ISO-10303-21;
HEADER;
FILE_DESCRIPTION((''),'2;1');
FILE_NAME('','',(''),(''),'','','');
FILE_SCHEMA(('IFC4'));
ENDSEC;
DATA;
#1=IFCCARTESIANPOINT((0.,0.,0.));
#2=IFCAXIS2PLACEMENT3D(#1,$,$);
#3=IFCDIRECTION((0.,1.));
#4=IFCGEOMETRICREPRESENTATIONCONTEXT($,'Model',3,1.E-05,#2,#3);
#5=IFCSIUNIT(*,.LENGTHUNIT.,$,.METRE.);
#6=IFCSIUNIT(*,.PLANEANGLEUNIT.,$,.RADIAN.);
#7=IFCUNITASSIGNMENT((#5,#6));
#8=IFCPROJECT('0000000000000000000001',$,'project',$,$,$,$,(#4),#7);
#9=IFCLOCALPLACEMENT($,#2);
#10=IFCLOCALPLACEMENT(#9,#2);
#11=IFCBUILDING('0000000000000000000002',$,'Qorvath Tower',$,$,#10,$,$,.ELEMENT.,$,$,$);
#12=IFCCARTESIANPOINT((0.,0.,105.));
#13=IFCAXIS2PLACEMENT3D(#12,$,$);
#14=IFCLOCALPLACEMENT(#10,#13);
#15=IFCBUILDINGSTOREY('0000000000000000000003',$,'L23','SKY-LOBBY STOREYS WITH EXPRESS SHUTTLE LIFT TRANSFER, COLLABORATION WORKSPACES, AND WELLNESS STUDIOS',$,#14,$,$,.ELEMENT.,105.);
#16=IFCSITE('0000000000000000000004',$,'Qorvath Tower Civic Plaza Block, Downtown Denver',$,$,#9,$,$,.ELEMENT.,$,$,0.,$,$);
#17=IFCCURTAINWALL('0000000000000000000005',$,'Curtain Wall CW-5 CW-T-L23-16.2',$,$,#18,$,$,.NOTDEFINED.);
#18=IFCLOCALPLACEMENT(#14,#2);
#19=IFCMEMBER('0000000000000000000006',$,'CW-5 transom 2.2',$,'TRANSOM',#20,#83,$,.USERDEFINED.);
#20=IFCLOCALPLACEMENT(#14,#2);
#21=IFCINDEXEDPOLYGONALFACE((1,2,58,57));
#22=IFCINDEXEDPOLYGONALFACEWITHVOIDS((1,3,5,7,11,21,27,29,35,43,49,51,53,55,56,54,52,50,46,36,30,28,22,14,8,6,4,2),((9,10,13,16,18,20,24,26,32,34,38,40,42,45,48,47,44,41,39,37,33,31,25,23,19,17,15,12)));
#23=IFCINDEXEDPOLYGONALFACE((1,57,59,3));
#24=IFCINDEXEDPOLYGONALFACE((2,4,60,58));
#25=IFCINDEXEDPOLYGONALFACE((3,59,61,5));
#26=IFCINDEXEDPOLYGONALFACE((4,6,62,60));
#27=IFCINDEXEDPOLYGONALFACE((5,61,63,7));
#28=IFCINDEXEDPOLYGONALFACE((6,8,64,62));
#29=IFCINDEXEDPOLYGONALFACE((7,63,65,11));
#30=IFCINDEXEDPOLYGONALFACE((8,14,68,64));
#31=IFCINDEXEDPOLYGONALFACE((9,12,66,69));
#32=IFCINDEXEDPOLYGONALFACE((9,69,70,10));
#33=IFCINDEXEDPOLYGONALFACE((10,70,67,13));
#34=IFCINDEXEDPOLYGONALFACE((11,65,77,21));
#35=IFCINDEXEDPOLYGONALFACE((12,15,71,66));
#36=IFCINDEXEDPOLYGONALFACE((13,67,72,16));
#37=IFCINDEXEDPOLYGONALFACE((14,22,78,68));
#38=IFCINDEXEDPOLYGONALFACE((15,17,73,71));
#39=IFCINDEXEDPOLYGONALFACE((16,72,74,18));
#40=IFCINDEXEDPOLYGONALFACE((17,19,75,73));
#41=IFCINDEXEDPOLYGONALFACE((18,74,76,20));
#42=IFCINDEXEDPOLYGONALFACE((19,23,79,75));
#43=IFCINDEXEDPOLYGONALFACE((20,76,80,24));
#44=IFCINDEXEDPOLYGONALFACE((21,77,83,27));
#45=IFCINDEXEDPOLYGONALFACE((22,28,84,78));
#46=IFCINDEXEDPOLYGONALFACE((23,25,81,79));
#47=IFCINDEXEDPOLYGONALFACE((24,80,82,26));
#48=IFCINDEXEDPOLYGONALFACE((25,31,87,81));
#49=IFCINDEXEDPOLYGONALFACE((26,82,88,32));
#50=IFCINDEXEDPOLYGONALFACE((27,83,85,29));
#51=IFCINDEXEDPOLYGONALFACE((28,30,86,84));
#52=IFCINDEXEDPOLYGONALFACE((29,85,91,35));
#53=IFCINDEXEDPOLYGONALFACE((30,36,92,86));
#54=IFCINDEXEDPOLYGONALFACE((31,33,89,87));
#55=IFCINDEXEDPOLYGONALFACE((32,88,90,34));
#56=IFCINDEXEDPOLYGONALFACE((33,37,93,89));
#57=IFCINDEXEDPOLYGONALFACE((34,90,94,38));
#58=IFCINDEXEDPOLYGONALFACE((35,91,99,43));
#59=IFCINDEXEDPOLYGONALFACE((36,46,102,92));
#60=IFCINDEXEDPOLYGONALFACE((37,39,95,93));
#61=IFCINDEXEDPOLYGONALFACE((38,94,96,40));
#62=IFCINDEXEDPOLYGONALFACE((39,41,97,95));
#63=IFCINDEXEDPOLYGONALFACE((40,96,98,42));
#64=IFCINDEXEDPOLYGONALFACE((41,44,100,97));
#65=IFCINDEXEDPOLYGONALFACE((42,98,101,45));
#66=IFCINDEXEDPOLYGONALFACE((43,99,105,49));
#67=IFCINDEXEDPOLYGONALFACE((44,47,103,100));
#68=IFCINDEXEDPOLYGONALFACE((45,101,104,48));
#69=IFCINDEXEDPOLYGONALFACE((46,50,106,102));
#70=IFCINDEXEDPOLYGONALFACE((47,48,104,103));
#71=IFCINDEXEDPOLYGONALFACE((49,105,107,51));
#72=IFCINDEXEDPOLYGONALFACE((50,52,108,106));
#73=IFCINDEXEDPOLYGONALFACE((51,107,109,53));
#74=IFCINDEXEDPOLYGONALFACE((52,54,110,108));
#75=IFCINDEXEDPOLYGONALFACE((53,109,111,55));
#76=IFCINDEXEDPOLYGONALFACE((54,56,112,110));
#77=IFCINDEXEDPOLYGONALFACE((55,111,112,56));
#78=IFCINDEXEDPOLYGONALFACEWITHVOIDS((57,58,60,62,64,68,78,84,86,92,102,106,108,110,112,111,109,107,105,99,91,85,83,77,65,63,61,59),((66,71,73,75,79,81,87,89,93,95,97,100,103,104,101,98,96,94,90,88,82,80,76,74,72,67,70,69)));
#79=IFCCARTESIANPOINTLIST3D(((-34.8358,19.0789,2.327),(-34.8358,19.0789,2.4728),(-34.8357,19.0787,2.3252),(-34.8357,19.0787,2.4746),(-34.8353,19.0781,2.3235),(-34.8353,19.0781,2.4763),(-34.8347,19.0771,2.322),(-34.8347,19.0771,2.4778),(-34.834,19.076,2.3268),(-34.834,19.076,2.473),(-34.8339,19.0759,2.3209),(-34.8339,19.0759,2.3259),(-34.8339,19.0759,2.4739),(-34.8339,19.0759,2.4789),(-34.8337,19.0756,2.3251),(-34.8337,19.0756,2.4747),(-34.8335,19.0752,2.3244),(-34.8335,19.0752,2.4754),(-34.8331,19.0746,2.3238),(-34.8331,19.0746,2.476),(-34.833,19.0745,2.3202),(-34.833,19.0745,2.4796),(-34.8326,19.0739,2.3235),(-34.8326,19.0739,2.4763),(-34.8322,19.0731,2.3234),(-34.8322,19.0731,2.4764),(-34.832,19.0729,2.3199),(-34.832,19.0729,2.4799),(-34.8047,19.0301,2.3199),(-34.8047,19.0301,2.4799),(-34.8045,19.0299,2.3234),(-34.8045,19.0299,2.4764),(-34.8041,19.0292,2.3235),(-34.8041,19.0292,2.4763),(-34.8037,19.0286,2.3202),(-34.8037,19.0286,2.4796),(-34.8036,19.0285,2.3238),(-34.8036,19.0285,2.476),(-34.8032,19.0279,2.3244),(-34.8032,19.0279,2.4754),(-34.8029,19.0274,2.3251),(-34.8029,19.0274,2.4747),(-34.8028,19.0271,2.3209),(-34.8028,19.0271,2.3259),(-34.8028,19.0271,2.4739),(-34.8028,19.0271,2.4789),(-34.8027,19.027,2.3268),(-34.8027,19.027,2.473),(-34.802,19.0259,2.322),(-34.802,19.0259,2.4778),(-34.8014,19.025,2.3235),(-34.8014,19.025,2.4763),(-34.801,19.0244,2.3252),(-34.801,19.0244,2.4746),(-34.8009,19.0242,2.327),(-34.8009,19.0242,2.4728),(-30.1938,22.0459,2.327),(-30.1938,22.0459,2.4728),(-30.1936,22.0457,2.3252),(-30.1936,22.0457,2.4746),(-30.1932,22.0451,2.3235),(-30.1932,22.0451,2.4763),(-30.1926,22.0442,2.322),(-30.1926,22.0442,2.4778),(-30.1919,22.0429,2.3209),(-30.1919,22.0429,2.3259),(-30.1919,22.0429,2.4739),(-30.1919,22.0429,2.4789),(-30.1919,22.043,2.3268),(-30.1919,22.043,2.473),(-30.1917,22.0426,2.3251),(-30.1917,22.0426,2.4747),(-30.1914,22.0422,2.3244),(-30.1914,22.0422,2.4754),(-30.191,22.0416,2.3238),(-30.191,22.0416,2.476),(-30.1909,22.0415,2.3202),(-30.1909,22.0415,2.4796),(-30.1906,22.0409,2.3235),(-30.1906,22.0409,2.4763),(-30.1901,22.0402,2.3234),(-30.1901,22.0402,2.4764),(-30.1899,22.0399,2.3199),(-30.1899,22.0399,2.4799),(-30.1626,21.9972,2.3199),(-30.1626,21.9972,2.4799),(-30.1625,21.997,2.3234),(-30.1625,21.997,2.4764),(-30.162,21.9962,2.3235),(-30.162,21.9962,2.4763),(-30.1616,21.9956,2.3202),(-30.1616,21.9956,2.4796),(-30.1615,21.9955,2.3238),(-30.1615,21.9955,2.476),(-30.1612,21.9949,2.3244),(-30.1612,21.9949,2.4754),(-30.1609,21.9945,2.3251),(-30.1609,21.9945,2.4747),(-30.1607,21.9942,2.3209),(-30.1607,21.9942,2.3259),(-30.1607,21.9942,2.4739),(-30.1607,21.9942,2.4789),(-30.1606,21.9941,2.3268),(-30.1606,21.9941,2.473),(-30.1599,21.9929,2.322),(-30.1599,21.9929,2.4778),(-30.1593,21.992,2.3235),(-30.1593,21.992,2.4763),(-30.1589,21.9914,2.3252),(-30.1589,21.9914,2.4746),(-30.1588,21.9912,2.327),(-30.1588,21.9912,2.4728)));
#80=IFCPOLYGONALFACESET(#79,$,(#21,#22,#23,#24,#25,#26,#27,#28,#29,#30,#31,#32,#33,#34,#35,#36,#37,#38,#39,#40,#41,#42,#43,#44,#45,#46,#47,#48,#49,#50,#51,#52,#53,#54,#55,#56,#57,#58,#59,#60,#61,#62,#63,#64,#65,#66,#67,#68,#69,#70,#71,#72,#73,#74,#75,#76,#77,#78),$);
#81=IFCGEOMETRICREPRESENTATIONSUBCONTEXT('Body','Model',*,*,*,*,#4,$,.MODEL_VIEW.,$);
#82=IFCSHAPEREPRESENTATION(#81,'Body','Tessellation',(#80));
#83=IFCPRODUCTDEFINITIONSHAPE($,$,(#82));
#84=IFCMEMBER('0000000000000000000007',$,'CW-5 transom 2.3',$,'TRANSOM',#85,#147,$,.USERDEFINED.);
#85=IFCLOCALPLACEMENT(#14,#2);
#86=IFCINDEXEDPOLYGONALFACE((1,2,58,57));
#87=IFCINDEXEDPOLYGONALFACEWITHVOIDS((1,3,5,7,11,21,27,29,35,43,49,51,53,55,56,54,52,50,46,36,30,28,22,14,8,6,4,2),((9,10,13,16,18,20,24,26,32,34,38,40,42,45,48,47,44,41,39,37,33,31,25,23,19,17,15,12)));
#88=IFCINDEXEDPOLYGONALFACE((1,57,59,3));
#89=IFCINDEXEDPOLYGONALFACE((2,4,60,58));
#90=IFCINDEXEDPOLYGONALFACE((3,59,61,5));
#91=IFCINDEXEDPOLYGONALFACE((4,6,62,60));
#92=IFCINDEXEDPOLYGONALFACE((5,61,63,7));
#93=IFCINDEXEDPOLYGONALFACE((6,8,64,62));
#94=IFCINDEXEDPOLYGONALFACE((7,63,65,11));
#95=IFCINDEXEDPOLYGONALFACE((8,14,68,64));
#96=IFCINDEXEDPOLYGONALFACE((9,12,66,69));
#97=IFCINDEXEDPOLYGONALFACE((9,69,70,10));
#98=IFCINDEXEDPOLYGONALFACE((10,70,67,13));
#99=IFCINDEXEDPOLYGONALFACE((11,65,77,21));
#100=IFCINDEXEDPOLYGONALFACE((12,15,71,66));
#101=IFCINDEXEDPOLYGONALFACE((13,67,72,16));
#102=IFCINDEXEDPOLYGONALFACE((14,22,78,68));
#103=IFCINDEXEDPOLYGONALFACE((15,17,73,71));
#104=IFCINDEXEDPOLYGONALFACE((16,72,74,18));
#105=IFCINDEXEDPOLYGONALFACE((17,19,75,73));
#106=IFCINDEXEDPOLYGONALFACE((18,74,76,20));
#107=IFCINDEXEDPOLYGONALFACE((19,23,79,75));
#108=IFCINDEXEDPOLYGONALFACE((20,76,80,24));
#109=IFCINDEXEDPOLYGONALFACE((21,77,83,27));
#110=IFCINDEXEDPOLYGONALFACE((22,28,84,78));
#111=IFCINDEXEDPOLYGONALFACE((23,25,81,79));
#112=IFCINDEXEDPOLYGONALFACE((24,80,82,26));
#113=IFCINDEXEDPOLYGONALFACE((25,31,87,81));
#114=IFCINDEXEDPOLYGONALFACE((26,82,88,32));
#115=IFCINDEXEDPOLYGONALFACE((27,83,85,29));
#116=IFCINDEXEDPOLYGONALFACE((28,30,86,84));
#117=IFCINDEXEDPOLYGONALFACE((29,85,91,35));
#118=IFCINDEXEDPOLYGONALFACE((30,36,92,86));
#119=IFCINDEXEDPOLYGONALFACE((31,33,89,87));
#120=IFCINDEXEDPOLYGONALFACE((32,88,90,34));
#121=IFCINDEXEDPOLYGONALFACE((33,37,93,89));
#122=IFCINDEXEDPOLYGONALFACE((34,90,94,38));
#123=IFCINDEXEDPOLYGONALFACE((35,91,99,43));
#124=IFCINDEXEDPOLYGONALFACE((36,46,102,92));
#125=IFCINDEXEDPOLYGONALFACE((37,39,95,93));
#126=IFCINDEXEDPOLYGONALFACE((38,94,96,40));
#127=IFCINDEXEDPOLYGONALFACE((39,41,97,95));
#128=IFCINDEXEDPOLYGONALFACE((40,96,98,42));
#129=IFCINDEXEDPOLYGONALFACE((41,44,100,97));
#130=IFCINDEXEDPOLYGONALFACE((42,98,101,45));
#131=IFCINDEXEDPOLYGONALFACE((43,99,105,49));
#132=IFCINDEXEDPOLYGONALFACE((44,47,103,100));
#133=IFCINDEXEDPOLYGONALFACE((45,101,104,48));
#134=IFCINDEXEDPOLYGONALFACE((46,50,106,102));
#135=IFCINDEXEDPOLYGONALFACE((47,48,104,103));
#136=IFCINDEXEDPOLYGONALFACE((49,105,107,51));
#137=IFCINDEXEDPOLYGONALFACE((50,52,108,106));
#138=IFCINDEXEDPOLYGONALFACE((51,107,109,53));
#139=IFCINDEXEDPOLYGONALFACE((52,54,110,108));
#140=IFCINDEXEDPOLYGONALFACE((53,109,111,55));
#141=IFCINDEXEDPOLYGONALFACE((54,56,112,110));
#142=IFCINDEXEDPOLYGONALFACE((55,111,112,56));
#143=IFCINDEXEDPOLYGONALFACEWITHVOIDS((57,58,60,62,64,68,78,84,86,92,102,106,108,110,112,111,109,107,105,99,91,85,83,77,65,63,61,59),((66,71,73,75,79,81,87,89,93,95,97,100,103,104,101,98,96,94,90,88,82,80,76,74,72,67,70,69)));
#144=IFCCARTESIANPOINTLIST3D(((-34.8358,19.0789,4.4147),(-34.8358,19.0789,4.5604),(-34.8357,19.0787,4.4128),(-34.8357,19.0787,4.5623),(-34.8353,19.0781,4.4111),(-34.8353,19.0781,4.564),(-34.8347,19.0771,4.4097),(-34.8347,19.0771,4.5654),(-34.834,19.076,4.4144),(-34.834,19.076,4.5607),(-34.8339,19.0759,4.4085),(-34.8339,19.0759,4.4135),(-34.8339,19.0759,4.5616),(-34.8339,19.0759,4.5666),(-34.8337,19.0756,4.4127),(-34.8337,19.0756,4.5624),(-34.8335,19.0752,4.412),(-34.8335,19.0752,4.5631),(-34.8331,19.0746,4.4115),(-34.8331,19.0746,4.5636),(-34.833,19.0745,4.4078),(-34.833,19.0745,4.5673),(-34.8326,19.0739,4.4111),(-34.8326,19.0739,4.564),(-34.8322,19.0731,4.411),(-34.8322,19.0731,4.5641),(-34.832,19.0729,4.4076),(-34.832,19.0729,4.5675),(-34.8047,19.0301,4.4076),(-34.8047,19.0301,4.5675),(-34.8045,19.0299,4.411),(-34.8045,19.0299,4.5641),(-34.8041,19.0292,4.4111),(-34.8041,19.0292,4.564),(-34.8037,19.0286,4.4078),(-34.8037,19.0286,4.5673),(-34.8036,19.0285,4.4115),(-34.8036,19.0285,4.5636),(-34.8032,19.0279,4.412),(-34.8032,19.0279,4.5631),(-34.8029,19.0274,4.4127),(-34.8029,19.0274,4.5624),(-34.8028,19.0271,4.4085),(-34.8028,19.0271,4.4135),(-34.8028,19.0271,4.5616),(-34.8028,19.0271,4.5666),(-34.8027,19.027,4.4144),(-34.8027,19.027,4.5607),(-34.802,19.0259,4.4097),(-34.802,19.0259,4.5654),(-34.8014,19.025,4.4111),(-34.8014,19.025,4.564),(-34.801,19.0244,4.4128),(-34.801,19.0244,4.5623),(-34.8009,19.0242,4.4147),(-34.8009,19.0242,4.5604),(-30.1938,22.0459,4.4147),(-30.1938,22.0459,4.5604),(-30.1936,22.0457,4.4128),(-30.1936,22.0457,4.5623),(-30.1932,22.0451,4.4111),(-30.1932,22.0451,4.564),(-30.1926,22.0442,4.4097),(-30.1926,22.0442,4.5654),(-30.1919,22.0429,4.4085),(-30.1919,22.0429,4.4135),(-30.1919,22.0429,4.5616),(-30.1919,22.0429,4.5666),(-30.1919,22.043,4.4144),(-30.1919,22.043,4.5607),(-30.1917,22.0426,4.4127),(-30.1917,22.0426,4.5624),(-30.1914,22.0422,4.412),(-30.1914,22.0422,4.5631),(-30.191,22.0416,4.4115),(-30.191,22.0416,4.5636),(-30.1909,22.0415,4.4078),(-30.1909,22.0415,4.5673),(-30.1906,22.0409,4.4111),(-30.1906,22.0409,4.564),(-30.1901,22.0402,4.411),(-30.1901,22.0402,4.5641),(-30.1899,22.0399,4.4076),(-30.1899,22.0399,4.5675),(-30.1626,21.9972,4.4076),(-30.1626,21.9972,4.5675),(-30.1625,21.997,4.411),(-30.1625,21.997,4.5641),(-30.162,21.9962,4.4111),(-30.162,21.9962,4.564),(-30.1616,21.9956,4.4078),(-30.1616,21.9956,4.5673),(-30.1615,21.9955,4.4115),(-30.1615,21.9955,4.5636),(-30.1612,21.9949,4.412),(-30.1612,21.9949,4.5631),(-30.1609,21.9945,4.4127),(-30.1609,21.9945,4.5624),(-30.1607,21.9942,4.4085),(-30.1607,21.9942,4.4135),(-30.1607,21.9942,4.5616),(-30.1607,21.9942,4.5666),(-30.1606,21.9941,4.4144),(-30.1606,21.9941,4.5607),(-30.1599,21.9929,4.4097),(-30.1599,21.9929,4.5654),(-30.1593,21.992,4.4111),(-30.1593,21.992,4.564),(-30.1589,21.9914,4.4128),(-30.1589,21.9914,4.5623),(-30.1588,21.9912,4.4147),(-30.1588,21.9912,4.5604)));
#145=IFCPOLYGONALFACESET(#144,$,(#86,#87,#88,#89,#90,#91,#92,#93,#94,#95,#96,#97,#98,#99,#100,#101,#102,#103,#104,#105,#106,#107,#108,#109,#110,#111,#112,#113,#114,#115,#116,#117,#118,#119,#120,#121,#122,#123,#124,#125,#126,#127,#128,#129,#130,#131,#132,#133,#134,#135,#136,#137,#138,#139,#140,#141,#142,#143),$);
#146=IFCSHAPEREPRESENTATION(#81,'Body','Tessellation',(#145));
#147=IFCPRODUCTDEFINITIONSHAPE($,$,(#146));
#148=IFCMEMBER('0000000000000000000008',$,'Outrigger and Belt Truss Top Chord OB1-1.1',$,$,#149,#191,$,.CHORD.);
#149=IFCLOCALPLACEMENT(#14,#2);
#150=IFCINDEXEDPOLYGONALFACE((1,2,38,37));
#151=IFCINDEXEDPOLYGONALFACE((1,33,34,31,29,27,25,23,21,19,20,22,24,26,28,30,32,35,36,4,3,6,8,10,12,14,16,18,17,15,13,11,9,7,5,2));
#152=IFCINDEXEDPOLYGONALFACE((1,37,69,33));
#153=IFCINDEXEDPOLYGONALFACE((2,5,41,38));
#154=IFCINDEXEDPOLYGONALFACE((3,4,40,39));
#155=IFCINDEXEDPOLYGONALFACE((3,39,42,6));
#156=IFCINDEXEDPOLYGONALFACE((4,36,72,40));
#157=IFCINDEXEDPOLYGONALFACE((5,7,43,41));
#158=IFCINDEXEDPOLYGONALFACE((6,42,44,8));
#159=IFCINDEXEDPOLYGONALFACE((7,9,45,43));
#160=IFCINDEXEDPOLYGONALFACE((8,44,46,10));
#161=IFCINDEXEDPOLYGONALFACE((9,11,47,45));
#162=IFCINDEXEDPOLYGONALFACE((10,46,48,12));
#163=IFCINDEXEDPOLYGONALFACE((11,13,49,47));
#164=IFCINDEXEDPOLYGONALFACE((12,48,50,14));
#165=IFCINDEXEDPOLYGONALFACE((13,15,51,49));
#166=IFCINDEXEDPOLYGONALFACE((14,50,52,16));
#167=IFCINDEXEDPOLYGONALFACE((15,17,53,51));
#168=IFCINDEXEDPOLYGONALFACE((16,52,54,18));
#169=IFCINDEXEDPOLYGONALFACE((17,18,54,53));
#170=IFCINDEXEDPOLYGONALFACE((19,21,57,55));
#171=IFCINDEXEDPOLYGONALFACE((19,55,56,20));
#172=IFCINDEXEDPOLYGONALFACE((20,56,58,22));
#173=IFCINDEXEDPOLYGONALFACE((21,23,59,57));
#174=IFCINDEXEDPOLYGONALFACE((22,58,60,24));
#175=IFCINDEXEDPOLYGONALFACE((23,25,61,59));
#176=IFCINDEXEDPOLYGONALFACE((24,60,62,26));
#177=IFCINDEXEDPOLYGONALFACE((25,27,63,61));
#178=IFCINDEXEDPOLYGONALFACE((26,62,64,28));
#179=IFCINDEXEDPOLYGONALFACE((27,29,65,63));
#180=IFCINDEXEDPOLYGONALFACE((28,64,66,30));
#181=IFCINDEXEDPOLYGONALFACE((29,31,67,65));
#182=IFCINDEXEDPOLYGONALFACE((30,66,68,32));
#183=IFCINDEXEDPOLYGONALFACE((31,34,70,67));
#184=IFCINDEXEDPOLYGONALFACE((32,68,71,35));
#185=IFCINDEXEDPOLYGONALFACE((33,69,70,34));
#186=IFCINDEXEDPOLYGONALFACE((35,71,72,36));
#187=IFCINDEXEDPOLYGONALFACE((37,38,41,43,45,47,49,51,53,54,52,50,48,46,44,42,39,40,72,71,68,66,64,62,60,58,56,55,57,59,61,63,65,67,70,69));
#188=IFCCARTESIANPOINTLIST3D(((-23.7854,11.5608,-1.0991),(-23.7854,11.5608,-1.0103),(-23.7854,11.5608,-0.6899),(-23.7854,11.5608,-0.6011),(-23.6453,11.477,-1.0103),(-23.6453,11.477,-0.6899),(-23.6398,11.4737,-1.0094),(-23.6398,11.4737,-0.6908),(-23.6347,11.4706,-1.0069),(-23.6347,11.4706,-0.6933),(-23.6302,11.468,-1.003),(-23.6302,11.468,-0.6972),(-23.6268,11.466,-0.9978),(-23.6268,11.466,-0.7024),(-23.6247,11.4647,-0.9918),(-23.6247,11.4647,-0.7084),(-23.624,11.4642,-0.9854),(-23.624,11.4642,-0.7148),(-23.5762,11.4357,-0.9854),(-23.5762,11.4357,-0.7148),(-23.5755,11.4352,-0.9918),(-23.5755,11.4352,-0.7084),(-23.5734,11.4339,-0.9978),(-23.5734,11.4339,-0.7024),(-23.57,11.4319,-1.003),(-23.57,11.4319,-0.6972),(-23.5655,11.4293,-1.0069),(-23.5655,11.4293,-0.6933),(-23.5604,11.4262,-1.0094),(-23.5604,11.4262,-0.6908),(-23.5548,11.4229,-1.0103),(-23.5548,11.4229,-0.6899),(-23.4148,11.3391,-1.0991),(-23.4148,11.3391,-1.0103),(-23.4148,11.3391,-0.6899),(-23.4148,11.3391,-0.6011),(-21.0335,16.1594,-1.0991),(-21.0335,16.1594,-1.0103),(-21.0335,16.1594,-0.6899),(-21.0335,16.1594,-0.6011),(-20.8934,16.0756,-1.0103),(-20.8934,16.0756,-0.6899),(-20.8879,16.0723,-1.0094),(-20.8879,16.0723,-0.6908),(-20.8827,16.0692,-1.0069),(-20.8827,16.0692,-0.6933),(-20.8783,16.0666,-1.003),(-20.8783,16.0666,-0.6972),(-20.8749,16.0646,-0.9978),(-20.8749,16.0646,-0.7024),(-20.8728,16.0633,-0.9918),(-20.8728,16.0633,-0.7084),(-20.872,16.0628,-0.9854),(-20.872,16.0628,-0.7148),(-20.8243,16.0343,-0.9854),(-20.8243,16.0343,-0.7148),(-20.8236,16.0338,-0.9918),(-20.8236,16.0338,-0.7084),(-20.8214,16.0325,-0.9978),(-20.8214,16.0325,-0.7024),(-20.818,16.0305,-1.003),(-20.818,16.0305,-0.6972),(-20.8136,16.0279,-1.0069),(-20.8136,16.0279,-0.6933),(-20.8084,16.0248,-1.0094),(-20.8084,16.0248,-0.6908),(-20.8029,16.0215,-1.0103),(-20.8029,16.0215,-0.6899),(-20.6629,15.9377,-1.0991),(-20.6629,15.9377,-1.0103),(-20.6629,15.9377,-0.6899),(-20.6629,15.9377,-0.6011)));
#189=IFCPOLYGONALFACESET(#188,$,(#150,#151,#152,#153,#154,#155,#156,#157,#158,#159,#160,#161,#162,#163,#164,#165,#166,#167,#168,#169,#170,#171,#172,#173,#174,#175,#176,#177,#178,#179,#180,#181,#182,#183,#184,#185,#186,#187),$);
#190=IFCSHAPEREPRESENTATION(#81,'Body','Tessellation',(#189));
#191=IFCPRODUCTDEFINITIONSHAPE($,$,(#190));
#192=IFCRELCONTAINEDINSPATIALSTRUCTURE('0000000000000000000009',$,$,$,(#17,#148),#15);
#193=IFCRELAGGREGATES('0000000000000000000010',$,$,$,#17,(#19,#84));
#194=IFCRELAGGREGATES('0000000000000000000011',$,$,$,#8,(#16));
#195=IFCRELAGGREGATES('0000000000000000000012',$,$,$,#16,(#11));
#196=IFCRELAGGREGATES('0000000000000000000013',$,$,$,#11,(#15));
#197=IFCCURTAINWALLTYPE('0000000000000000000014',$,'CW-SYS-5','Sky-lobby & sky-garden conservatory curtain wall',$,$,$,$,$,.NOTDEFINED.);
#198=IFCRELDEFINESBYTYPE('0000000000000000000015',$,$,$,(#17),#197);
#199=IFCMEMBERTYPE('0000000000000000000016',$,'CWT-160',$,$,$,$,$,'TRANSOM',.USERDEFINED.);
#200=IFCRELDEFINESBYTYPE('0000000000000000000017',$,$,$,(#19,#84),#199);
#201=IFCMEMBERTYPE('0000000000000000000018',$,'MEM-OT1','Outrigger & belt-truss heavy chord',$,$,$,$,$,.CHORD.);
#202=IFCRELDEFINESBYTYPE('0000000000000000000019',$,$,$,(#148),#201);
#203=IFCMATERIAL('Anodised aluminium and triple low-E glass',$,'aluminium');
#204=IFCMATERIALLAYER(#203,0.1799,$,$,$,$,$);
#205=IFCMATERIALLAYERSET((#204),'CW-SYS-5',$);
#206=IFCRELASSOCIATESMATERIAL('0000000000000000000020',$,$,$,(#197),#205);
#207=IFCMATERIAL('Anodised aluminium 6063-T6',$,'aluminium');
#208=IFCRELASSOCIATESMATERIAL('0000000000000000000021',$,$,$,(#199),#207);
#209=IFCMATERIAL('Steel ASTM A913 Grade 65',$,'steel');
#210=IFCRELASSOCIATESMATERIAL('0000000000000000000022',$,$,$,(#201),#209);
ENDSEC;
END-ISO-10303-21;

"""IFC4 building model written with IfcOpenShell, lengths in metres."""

from ifc_helpers import new_model, si_unit, direction, frame, origin, origin_2d, place, context, subcontext, project, spatial, hollow_rectangle, i_section, extrude, material, layer, layer_set, material_profile, profile_set, type_object, element, aggregate, save


model = new_model("IFC4")

# Units and contexts
model_context = context("Model", 3, precision=1e-05, world=origin(), true_north=direction((0.0, 1.0)))
body_context = subcontext(model_context, "Body", "Model", "MODEL_VIEW")
ifc_project = project(units=[si_unit("LENGTHUNIT", "METRE"), si_unit("PLANEANGLEUNIT", "RADIAN")], contexts=[model_context])

# Site, building, storey
site_placement = place(None, origin())
site = spatial("IfcSite", under=ifc_project, at=site_placement, Name="Qorvath Tower Civic Plaza Block, Downtown Denver", CompositionType="ELEMENT", RefElevation=0.0)
building_placement = place(site_placement, origin())
building = spatial("IfcBuilding", under=site, at=building_placement, Name="Qorvath Tower", CompositionType="ELEMENT")
storey_placement = place(building_placement, frame((0.0, 0.0, 105.0)))
storey = spatial("IfcBuildingStorey", under=building, at=storey_placement, Name="L23", Description="SKY-LOBBY STOREYS WITH EXPRESS SHUTTLE LIFT TRANSFER, COLLABORATION WORKSPACES, AND WELLNESS STUDIOS", CompositionType="ELEMENT", Elevation=105.0)

# Shared definitions
ifc_material_1 = material(Name="Anodised aluminium and triple low-E glass", Category="aluminium")
ifc_layer_1 = layer(ifc_material_1, 0.1799)
ifc_layer_set_1 = layer_set([ifc_layer_1], Name="CW-SYS-5")
curtain_wall_type = type_object("IfcCurtainWallType", Name="CW-SYS-5", Description="Sky-lobby & sky-garden conservatory curtain wall", PredefinedType="NOTDEFINED", material=ifc_layer_set_1)

# Curtain wall
curtain_wall_1_placement = place(storey_placement, origin())
curtain_wall_1 = element("IfcCurtainWall", 1, at=curtain_wall_1_placement, inside=storey, type_object=curtain_wall_type, Name="Curtain Wall CW-5 CW-T-L23-16.2", PredefinedType="NOTDEFINED")

# Members
ifc_material_2 = material(Name="Anodised aluminium 6063-T6", Category="aluminium")
ifc_material_profile_1 = material_profile(ifc_material_2, hollow_rectangle(XDim=0.0649, YDim=0.1599, WallThickness=0.0034, InnerFilletRadius=0.0034, OuterFilletRadius=0.0071, at=origin_2d()), Name="CWT 160x65")
ifc_profile_set_1 = profile_set([ifc_material_profile_1], Name="Anodised aluminium 6063-T6")
member_type_1 = type_object("IfcMemberType", Name="CWT-160", ElementType="TRANSOM", PredefinedType="USERDEFINED", material=ifc_profile_set_1)
member_1_placement = place(storey_placement, frame((-30.1763, 22.0186, 2.3999), z_axis=(-0.842592, -0.538552, 0.0), x_axis=(0.538552, -0.842592, 0.0)))
member_1 = element("IfcMember", 2, at=member_1_placement, type_object=member_type_1, Name="CW-5 transom 2.2", ObjectType="TRANSOM", PredefinedType="USERDEFINED", context=body_context, shape_type="SweptSolid", body=[
    extrude(hollow_rectangle(XDim=0.0649, YDim=0.1599, WallThickness=0.0034, InnerFilletRadius=0.0034, OuterFilletRadius=0.0071, at=origin_2d()), origin(), (0.0, 0.0, 1.0), 5.5093),
])
member_2_placement = place(storey_placement, frame((-30.1763, 22.0186, 4.4875), z_axis=(-0.842592, -0.538552, 0.0), x_axis=(0.538552, -0.842592, 0.0)))
member_2 = element("IfcMember", 3, at=member_2_placement, type_object=member_type_1, Name="CW-5 transom 2.3", ObjectType="TRANSOM", PredefinedType="USERDEFINED", context=body_context, shape_type="SweptSolid", body=[
    extrude(hollow_rectangle(XDim=0.0649, YDim=0.1599, WallThickness=0.0034, InnerFilletRadius=0.0034, OuterFilletRadius=0.0071, at=origin_2d()), origin(), (0.0, 0.0, 1.0), 5.5093),
])

# Member
ifc_material_3 = material(Name="Steel ASTM A913 Grade 65", Category="steel")
ifc_material_profile_2 = material_profile(ifc_material_3, i_section(OverallWidth=0.4319, OverallDepth=0.498, WebThickness=0.0557, FlangeThickness=0.0889, FilletRadius=0.0249, at=origin_2d()), Name="W14x500")
ifc_profile_set_2 = profile_set([ifc_material_profile_2], Name="Steel ASTM A913 Grade 65")
member_type_2 = type_object("IfcMemberType", Name="MEM-OT1", Description="Outrigger & belt-truss heavy chord", PredefinedType="CHORD", material=ifc_profile_set_2)
member_3_placement = place(storey_placement, frame((-23.6001, 11.45, -0.8501), z_axis=(0.513504, 0.858087, 0.0), x_axis=(-0.858087, 0.513504, 0.0)))
element("IfcMember", 4, at=member_3_placement, inside=storey, type_object=member_type_2, Name="Outrigger and Belt Truss Top Chord OB1-1.1", PredefinedType="CHORD", context=body_context, shape_type="SweptSolid", body=[
    extrude(i_section(OverallWidth=0.4319, OverallDepth=0.498, WebThickness=0.0557, FlangeThickness=0.0889, FilletRadius=0.0249, at=origin_2d()), origin(), (0.0, 0.0, 1.0), 5.3591),
])

aggregate(curtain_wall_1, [member_1, member_2])

save(model, "model.ifc")
